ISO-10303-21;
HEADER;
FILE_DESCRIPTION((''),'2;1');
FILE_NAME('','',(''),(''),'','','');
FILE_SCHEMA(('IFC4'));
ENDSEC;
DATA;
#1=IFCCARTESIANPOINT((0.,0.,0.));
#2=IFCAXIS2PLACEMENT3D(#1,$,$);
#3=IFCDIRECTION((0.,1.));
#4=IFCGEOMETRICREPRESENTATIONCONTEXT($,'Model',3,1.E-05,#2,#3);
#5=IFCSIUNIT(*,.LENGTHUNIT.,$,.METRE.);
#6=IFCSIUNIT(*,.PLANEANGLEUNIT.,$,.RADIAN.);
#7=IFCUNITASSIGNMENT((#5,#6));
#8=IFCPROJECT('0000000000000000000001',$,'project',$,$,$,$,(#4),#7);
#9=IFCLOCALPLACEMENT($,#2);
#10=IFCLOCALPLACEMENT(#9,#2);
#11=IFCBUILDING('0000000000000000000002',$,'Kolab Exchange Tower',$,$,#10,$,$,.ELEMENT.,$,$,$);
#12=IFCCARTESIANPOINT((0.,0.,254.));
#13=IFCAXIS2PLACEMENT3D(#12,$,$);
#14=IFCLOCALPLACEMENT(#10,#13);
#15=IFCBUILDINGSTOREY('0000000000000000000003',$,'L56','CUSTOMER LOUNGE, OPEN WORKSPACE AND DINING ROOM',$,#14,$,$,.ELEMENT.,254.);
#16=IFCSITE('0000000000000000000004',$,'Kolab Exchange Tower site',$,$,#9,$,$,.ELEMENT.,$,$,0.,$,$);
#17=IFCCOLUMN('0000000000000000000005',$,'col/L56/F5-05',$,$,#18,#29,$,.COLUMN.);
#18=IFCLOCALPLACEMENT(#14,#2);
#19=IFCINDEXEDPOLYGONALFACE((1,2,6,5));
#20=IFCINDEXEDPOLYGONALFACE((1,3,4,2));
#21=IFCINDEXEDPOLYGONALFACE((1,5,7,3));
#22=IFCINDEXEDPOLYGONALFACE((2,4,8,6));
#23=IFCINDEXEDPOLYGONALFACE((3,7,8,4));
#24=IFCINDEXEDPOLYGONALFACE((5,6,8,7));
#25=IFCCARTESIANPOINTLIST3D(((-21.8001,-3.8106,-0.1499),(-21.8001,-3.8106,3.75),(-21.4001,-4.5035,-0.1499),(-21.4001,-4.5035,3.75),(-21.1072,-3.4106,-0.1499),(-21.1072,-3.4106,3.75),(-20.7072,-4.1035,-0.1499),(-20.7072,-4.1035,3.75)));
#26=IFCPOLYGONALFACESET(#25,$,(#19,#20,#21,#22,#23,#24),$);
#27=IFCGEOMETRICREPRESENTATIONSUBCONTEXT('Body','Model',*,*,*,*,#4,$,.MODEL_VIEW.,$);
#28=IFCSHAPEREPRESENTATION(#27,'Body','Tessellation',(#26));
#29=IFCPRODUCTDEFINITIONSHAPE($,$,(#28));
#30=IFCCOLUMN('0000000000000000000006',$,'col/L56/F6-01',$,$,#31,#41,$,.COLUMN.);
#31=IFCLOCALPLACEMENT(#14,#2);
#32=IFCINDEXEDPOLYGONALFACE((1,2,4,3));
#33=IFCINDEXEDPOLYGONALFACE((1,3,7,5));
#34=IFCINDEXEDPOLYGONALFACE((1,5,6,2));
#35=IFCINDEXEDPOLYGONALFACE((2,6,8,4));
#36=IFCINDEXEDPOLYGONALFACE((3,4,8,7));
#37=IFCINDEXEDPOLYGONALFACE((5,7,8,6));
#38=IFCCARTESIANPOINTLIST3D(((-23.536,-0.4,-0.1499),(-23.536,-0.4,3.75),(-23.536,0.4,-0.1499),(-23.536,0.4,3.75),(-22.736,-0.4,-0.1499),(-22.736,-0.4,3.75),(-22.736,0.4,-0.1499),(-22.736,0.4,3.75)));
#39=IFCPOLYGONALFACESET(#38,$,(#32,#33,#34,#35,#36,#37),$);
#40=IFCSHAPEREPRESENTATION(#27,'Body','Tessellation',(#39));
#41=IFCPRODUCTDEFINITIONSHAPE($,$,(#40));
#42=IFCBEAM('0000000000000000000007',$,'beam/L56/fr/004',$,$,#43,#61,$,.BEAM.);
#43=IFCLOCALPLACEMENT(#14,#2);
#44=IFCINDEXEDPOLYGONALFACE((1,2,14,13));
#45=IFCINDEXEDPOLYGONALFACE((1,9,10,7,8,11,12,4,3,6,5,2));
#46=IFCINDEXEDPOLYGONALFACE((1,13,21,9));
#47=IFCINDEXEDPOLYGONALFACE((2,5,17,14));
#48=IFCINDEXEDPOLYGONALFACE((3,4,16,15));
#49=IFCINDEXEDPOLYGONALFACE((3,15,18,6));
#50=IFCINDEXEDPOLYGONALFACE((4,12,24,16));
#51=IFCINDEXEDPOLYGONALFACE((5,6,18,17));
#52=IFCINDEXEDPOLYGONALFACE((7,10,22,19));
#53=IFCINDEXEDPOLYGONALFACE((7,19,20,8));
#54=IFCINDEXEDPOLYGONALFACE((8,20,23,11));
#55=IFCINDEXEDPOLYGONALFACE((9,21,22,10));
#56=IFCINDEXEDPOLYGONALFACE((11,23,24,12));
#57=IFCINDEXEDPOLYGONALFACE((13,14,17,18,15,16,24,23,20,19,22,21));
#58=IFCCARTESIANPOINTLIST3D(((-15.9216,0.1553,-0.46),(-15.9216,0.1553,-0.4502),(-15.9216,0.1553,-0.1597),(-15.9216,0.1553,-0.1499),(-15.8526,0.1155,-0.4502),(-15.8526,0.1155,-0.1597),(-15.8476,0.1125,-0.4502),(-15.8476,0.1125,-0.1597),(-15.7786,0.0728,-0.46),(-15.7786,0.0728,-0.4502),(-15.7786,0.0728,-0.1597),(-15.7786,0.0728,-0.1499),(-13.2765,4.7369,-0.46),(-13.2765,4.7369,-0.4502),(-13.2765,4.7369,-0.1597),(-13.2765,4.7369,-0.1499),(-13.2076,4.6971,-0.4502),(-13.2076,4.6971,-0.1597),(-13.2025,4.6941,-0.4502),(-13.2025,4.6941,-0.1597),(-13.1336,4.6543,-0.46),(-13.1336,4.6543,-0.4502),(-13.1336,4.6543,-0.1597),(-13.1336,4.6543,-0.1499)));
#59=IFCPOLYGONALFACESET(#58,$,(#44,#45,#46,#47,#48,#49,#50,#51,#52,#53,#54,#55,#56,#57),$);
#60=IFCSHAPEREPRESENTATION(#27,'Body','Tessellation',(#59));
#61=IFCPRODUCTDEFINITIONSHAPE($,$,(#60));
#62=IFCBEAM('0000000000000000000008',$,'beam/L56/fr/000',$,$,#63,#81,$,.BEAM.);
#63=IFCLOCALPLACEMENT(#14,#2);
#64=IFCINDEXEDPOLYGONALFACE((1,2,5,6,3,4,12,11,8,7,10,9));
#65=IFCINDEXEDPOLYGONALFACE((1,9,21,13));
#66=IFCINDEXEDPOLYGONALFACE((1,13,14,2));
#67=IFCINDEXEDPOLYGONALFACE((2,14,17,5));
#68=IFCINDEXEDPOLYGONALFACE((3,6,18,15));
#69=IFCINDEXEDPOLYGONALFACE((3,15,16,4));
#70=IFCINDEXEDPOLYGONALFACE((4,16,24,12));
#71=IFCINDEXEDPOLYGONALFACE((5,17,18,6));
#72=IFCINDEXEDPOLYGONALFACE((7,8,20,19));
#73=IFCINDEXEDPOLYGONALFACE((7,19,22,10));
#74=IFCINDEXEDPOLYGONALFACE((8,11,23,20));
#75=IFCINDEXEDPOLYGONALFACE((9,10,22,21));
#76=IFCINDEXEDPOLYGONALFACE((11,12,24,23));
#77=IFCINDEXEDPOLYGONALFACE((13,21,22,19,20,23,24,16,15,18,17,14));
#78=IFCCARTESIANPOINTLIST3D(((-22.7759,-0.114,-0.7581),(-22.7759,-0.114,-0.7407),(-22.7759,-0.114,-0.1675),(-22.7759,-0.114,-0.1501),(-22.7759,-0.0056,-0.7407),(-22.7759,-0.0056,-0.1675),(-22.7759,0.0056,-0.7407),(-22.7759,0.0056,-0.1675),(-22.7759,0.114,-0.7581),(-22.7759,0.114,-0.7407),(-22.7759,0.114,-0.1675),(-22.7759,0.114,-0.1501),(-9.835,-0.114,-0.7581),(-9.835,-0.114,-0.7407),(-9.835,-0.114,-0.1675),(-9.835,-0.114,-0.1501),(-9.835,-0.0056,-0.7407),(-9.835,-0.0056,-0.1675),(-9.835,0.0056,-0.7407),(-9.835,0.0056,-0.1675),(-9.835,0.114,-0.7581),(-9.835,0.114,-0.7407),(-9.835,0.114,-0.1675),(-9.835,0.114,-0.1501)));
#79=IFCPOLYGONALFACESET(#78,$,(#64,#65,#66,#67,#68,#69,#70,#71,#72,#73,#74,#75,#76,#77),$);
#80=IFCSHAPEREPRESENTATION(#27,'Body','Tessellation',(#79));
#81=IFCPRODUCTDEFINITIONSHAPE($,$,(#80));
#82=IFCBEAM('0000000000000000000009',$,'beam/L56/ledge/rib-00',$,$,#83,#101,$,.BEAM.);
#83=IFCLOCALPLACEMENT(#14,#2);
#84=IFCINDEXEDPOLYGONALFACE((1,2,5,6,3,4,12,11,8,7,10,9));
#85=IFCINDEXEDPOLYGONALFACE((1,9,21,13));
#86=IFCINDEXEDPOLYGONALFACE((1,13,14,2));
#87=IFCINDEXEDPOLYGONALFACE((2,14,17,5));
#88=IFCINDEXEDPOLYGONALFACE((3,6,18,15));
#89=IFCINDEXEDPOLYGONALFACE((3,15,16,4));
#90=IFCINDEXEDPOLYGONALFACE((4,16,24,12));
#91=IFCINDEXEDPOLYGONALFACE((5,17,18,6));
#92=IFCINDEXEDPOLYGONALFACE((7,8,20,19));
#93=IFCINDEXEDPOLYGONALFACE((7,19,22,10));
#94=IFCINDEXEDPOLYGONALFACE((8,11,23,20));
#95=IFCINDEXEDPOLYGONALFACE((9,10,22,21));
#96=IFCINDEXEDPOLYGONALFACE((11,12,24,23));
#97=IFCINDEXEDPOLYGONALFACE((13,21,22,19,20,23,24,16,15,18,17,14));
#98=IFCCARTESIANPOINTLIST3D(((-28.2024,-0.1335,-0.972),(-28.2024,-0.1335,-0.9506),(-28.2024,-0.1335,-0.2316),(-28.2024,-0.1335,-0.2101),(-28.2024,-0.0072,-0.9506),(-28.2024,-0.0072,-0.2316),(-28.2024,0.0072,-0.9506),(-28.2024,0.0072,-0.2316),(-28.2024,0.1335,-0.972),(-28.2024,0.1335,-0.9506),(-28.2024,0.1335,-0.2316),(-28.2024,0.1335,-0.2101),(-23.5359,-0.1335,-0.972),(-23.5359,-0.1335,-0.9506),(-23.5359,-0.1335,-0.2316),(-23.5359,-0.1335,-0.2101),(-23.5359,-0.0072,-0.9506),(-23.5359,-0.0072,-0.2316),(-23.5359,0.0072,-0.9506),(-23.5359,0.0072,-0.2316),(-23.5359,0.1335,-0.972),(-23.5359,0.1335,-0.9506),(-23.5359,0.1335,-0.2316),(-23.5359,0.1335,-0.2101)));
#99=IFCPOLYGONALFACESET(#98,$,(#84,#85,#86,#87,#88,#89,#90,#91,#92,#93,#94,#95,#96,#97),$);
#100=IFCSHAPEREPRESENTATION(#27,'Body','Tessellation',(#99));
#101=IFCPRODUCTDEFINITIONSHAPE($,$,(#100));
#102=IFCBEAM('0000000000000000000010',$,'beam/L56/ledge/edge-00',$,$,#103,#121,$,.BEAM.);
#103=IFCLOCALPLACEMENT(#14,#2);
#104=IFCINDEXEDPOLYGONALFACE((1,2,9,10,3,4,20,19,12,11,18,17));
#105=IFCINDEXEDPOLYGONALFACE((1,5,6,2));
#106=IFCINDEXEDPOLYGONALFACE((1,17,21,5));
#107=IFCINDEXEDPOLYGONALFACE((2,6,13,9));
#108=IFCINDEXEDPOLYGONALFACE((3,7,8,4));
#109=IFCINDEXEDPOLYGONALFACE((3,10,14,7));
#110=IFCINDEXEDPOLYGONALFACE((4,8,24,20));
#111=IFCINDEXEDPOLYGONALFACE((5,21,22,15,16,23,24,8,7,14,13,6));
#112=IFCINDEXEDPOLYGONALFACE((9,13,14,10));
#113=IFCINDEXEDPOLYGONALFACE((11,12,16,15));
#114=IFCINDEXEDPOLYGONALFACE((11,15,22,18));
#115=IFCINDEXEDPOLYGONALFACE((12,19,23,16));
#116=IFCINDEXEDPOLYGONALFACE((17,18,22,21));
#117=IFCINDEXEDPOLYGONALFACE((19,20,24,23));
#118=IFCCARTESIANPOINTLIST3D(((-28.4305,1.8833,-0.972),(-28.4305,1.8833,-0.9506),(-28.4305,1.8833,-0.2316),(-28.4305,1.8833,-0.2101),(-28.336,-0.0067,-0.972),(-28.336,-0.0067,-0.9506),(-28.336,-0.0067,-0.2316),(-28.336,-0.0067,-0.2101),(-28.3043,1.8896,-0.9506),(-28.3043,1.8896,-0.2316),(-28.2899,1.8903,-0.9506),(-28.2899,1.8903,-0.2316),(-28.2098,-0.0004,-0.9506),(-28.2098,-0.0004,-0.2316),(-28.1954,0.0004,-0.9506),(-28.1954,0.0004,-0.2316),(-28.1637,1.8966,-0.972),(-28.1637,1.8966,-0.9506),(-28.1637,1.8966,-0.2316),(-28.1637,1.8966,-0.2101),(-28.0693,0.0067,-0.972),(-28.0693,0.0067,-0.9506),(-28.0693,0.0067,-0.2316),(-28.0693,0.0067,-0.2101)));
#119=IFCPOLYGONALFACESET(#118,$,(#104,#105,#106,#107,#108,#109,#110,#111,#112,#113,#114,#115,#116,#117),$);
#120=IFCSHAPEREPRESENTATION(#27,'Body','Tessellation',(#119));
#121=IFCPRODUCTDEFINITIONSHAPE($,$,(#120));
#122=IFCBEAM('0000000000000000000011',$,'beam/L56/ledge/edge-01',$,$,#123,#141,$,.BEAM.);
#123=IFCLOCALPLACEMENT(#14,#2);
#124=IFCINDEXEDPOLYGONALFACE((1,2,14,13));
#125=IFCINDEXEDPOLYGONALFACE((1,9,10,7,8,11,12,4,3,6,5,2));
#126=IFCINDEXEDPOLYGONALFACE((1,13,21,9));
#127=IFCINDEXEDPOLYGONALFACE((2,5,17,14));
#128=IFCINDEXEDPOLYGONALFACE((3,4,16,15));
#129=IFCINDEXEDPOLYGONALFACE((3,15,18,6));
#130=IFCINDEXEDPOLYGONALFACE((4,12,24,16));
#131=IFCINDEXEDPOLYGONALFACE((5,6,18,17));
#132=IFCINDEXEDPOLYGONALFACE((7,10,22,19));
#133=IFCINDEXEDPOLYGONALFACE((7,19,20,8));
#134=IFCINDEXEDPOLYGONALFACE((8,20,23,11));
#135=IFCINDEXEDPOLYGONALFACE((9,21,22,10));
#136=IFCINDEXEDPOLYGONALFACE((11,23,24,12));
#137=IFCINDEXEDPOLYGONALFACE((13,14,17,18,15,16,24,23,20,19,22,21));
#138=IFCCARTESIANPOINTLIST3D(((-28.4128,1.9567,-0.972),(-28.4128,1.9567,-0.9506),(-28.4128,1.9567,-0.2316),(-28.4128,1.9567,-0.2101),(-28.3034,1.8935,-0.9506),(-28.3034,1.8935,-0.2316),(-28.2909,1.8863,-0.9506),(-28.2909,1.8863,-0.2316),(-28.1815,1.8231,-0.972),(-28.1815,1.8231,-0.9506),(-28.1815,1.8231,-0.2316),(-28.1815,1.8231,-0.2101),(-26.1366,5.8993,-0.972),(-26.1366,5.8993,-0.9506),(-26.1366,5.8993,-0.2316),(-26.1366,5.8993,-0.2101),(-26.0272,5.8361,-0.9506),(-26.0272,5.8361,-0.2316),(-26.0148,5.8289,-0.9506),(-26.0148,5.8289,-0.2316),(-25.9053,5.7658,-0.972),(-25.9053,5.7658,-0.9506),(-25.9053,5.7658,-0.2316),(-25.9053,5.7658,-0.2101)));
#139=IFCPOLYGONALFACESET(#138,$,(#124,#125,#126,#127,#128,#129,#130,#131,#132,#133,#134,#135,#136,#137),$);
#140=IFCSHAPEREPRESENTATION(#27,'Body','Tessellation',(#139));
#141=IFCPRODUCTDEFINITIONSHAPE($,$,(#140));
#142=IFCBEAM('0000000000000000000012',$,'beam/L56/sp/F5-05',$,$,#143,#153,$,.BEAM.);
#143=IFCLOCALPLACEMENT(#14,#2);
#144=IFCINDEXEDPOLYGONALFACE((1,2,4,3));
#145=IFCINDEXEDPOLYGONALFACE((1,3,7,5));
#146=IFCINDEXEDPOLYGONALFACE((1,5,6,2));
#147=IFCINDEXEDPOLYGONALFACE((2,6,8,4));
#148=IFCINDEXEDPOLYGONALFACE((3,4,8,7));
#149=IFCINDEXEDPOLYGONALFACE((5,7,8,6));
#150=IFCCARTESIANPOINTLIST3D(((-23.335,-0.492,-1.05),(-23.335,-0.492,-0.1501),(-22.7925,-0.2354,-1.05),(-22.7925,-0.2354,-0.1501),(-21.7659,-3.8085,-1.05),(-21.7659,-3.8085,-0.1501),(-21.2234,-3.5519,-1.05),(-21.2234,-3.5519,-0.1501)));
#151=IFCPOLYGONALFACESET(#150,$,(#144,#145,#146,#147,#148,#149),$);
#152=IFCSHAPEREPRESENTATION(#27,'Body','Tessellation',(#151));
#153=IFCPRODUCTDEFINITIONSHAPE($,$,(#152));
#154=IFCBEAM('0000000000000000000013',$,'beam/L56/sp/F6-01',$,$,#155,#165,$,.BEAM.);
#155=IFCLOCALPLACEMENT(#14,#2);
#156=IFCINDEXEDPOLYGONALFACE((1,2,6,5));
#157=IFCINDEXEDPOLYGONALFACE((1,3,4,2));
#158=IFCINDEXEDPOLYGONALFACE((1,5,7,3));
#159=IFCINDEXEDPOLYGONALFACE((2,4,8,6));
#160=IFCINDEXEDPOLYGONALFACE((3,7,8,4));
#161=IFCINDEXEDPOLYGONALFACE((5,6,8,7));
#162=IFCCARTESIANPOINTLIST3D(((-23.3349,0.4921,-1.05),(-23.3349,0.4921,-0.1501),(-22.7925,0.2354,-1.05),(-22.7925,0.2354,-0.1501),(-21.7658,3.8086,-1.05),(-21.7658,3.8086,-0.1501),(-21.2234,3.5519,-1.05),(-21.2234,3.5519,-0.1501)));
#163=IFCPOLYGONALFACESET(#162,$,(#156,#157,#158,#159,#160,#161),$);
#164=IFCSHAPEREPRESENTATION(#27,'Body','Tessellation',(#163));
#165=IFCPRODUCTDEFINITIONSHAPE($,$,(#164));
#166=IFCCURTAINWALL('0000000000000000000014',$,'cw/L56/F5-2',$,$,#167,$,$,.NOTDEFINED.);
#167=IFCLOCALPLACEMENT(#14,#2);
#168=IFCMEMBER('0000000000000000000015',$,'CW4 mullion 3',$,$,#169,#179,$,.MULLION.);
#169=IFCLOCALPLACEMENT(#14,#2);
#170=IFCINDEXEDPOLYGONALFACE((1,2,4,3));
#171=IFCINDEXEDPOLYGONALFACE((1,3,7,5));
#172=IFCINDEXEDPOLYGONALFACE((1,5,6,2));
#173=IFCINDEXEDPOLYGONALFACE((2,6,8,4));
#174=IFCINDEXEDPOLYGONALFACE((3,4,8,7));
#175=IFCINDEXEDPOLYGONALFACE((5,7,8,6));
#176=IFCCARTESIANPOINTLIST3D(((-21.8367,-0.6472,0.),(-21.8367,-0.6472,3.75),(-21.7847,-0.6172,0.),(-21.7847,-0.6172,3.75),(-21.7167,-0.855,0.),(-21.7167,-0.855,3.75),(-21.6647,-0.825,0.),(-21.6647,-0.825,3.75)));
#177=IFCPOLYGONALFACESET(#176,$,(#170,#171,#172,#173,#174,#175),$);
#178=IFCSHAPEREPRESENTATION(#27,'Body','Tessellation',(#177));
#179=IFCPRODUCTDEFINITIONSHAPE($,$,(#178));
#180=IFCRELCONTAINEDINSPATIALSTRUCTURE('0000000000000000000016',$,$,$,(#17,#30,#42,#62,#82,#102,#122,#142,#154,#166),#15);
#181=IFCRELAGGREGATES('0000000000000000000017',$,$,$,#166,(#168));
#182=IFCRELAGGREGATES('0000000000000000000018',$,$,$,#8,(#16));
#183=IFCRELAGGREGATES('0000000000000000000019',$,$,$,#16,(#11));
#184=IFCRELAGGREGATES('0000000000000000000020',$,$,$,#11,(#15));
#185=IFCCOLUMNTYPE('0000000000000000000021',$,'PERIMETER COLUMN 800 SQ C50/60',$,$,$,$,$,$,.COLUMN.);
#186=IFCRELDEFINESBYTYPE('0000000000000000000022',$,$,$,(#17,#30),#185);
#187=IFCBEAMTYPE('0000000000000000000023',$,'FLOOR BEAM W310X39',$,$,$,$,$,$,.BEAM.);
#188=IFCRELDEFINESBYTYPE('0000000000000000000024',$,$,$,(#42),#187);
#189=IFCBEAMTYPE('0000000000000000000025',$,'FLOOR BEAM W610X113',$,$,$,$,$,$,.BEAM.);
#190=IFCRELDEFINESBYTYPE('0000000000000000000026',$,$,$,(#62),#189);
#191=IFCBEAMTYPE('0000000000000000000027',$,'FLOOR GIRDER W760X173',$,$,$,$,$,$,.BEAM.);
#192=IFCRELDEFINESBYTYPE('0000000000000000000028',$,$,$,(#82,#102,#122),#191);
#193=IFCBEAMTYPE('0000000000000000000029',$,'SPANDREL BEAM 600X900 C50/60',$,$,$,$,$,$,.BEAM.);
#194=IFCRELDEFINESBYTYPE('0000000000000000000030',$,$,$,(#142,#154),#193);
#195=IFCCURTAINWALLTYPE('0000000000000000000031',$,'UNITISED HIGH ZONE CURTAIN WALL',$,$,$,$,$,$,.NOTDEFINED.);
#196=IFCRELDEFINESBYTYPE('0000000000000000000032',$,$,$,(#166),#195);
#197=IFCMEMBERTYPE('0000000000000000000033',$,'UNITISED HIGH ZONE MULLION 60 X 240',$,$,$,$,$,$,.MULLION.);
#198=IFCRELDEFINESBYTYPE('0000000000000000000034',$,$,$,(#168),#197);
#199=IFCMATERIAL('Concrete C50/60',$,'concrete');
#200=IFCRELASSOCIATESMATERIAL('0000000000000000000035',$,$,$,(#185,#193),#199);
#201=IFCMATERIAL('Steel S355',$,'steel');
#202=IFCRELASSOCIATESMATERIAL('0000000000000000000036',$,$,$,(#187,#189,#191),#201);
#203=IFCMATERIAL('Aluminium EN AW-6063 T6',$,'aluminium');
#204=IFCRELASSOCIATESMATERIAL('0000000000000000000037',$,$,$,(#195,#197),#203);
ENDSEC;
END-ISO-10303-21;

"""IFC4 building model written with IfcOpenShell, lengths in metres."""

from ifc_helpers import new_model, si_unit, direction, frame, origin, origin_2d, place, context, subcontext, project, spatial, rectangle, i_section, extrude, material, material_profile, profile_set, type_object, element, aggregate, save


model = new_model("IFC4")

# Units and contexts
model_context = context("Model", 3, precision=1e-05, world=origin(), true_north=direction((0.0, 1.0)))
body_context = subcontext(model_context, "Body", "Model", "MODEL_VIEW")
ifc_project = project(units=[si_unit("LENGTHUNIT", "METRE"), si_unit("PLANEANGLEUNIT", "RADIAN")], contexts=[model_context])

# Site, building, storey
site_placement = place(None, origin())
site = spatial("IfcSite", under=ifc_project, at=site_placement, Name="Kolab Exchange Tower site", CompositionType="ELEMENT", RefElevation=0.0)
building_placement = place(site_placement, origin())
building = spatial("IfcBuilding", under=site, at=building_placement, Name="Kolab Exchange Tower", CompositionType="ELEMENT")
storey_placement = place(building_placement, frame((0.0, 0.0, 254.0)))
storey = spatial("IfcBuildingStorey", under=building, at=storey_placement, Name="L56", Description="CUSTOMER LOUNGE, OPEN WORKSPACE AND DINING ROOM", CompositionType="ELEMENT", Elevation=254.0)

# Columns
ifc_material_1 = material(Name="Concrete C50/60", Category="concrete")
ifc_material_profile_1 = material_profile(ifc_material_1, rectangle(XDim=0.8, YDim=0.8, at=origin_2d()), Name="RC800")
ifc_profile_set_1 = profile_set([ifc_material_profile_1], Name="Concrete C50/60")
column_type = type_object("IfcColumnType", Name="PERIMETER COLUMN 800 SQ C50/60", PredefinedType="COLUMN", material=ifc_profile_set_1)
for number, where, z_axis, x_axis, name in (
    (1, (-21.2537, -3.957, -0.1499), (0.0, 0.0, 1.0), (0.866025, 0.5, 0.0), "col/L56/F5-05"),
    (2, (-23.136, 0.0, -0.1499), (0.0, 0.0, 1.0), (1.0, 0.0, 0.0), "col/L56/F6-01"),
):
    element("IfcColumn", number, at=place(storey_placement, frame(where, z_axis=z_axis, x_axis=x_axis)), inside=storey, type_object=column_type, Name=name, PredefinedType="COLUMN", context=body_context, shape_type="SweptSolid", body=[
        extrude(rectangle(XDim=0.8, YDim=0.8, at=origin_2d()), origin(), (0.0, 0.0, 1.0), 3.8999),
    ])

# Beams
ifc_material_2 = material(Name="Steel S355", Category="steel")
ifc_material_profile_2 = material_profile(ifc_material_2, i_section(OverallWidth=0.165, OverallDepth=0.3101, WebThickness=0.0059, FlangeThickness=0.0098, at=origin_2d()), Name="W310X39")
ifc_profile_set_2 = profile_set([ifc_material_profile_2], Name="Steel S355")
beam_type_1 = type_object("IfcBeamType", Name="FLOOR BEAM W310X39", PredefinedType="BEAM", material=ifc_profile_set_2)
beam_1_placement = place(storey_placement, frame((-15.8501, 0.114, -0.3049), z_axis=(0.499981, 0.866036, 0.0), x_axis=(-0.866036, 0.499981, 0.0)))
element("IfcBeam", 3, at=beam_1_placement, inside=storey, type_object=beam_type_1, Name="beam/L56/fr/004", PredefinedType="BEAM", context=body_context, shape_type="SweptSolid", body=[
    extrude(i_section(OverallWidth=0.165, OverallDepth=0.3101, WebThickness=0.0059, FlangeThickness=0.0098, at=origin_2d()), origin(), (0.0, 0.0, 1.0), 5.2903),
])
ifc_material_profile_3 = material_profile(ifc_material_2, i_section(OverallWidth=0.228, OverallDepth=0.6079, WebThickness=0.0112, FlangeThickness=0.0173, at=origin_2d()), Name="W610X113")
ifc_profile_set_3 = profile_set([ifc_material_profile_3], Name="Steel S355")
beam_type_2 = type_object("IfcBeamType", Name="FLOOR BEAM W610X113", PredefinedType="BEAM", material=ifc_profile_set_3)
beam_2_placement = place(storey_placement, frame((-22.7759, 0.0, -0.4541), z_axis=(1.0, 0.0, 0.0), x_axis=(0.0, 1.0, 0.0)))
element("IfcBeam", 4, at=beam_2_placement, inside=storey, type_object=beam_type_2, Name="beam/L56/fr/000", PredefinedType="BEAM", context=body_context, shape_type="SweptSolid", body=[
    extrude(i_section(OverallWidth=0.228, OverallDepth=0.6079, WebThickness=0.0112, FlangeThickness=0.0173, at=origin_2d()), origin(), (0.0, 0.0, 1.0), 12.9409),
])
ifc_material_profile_4 = material_profile(ifc_material_2, i_section(OverallWidth=0.2671, OverallDepth=0.762, WebThickness=0.0144, FlangeThickness=0.0215, at=origin_2d()), Name="W760X173")
ifc_profile_set_4 = profile_set([ifc_material_profile_4], Name="Steel S355")
beam_type_3 = type_object("IfcBeamType", Name="FLOOR GIRDER W760X173", PredefinedType="BEAM", material=ifc_profile_set_4)
beam_3_placement = place(storey_placement, frame((-23.5359, 0.0, -0.5911), z_axis=(-1.0, 0.0, 0.0), x_axis=(0.0, -1.0, 0.0)))
element("IfcBeam", 5, at=beam_3_placement, inside=storey, type_object=beam_type_3, Name="beam/L56/ledge/rib-00", PredefinedType="BEAM", context=body_context, shape_type="SweptSolid", body=[
    extrude(i_section(OverallWidth=0.2671, OverallDepth=0.762, WebThickness=0.0144, FlangeThickness=0.0215, at=origin_2d()), origin(), (0.0, 0.0, 1.0), 4.6665),
])
beam_4_placement = place(storey_placement, frame((-28.2026, 0.0, -0.5911), z_axis=(-0.049931, 0.998753, 0.0), x_axis=(-0.998753, -0.049931, 0.0)))
element("IfcBeam", 6, at=beam_4_placement, inside=storey, type_object=beam_type_3, Name="beam/L56/ledge/edge-00", PredefinedType="BEAM", context=body_context, shape_type="SweptSolid", body=[
    extrude(i_section(OverallWidth=0.2671, OverallDepth=0.762, WebThickness=0.0144, FlangeThickness=0.0215, at=origin_2d()), origin(), (0.0, 0.0, 1.0), 1.8923),
])
beam_5_placement = place(storey_placement, frame((-28.2971, 1.8899, -0.5911), z_axis=(0.499975, 0.86604, 0.0), x_axis=(-0.86604, 0.499975, 0.0)))
element("IfcBeam", 7, at=beam_5_placement, inside=storey, type_object=beam_type_3, Name="beam/L56/ledge/edge-01", PredefinedType="BEAM", context=body_context, shape_type="SweptSolid", body=[
    extrude(i_section(OverallWidth=0.2671, OverallDepth=0.762, WebThickness=0.0144, FlangeThickness=0.0215, at=origin_2d()), origin(), (0.0, 0.0, 1.0), 4.5525),
])
ifc_material_profile_5 = material_profile(ifc_material_1, rectangle(XDim=0.6001, YDim=0.8999, at=origin_2d()), Name="RC600X900")
ifc_profile_set_5 = profile_set([ifc_material_profile_5], Name="Concrete C50/60")
beam_type_4 = type_object("IfcBeamType", Name="SPANDREL BEAM 600X900 C50/60", PredefinedType="BEAM", material=ifc_profile_set_5)
for number, where, z_axis, x_axis, name in (
    (8, (-21.4946, -3.6802, -0.6001), (-0.427677, 0.903932, 0.0), (-0.903932, -0.427677, 0.0), "beam/L56/sp/F5-05"),
    (9, (-23.0637, 0.3638, -0.6001), (0.427677, 0.903932, 0.0), (-0.903932, 0.427677, 0.0), "beam/L56/sp/F6-01"),
):
    element("IfcBeam", number, at=place(storey_placement, frame(where, z_axis=z_axis, x_axis=x_axis)), inside=storey, type_object=beam_type_4, Name=name, PredefinedType="BEAM", context=body_context, shape_type="SweptSolid", body=[
        extrude(rectangle(XDim=0.6001, YDim=0.8999, at=origin_2d()), origin(), (0.0, 0.0, 1.0), 3.6689),
    ])

# Curtain wall, member
ifc_material_3 = material(Name="Aluminium EN AW-6063 T6", Category="aluminium")
curtain_wall_type = type_object("IfcCurtainWallType", Name="UNITISED HIGH ZONE CURTAIN WALL", PredefinedType="NOTDEFINED", material=ifc_material_3)
curtain_wall_1_placement = place(storey_placement, origin())
curtain_wall_1 = element("IfcCurtainWall", 10, at=curtain_wall_1_placement, inside=storey, type_object=curtain_wall_type, Name="cw/L56/F5-2", PredefinedType="NOTDEFINED")
ifc_material_profile_6 = material_profile(ifc_material_3, rectangle(XDim=0.0601, YDim=0.24, at=origin_2d()), Name="RECT 60X240")
ifc_profile_set_6 = profile_set([ifc_material_profile_6], Name="Aluminium EN AW-6063 T6")
member_type_1 = type_object("IfcMemberType", Name="UNITISED HIGH ZONE MULLION 60 X 240", PredefinedType="MULLION", material=ifc_profile_set_6)
member_1_placement = place(storey_placement, frame((-21.7507, -0.7361, 0.0), z_axis=(0.0, 0.0, 1.0), x_axis=(-0.866025, -0.5, 0.0)))
member_1 = element("IfcMember", 11, at=member_1_placement, type_object=member_type_1, Name="CW4 mullion 3", PredefinedType="MULLION", context=body_context, shape_type="SweptSolid", body=[
    extrude(rectangle(XDim=0.0601, YDim=0.24, at=origin_2d()), origin(), (0.0, 0.0, 1.0), 3.75),
])

aggregate(curtain_wall_1, [member_1])

save(model, "model.ifc")
